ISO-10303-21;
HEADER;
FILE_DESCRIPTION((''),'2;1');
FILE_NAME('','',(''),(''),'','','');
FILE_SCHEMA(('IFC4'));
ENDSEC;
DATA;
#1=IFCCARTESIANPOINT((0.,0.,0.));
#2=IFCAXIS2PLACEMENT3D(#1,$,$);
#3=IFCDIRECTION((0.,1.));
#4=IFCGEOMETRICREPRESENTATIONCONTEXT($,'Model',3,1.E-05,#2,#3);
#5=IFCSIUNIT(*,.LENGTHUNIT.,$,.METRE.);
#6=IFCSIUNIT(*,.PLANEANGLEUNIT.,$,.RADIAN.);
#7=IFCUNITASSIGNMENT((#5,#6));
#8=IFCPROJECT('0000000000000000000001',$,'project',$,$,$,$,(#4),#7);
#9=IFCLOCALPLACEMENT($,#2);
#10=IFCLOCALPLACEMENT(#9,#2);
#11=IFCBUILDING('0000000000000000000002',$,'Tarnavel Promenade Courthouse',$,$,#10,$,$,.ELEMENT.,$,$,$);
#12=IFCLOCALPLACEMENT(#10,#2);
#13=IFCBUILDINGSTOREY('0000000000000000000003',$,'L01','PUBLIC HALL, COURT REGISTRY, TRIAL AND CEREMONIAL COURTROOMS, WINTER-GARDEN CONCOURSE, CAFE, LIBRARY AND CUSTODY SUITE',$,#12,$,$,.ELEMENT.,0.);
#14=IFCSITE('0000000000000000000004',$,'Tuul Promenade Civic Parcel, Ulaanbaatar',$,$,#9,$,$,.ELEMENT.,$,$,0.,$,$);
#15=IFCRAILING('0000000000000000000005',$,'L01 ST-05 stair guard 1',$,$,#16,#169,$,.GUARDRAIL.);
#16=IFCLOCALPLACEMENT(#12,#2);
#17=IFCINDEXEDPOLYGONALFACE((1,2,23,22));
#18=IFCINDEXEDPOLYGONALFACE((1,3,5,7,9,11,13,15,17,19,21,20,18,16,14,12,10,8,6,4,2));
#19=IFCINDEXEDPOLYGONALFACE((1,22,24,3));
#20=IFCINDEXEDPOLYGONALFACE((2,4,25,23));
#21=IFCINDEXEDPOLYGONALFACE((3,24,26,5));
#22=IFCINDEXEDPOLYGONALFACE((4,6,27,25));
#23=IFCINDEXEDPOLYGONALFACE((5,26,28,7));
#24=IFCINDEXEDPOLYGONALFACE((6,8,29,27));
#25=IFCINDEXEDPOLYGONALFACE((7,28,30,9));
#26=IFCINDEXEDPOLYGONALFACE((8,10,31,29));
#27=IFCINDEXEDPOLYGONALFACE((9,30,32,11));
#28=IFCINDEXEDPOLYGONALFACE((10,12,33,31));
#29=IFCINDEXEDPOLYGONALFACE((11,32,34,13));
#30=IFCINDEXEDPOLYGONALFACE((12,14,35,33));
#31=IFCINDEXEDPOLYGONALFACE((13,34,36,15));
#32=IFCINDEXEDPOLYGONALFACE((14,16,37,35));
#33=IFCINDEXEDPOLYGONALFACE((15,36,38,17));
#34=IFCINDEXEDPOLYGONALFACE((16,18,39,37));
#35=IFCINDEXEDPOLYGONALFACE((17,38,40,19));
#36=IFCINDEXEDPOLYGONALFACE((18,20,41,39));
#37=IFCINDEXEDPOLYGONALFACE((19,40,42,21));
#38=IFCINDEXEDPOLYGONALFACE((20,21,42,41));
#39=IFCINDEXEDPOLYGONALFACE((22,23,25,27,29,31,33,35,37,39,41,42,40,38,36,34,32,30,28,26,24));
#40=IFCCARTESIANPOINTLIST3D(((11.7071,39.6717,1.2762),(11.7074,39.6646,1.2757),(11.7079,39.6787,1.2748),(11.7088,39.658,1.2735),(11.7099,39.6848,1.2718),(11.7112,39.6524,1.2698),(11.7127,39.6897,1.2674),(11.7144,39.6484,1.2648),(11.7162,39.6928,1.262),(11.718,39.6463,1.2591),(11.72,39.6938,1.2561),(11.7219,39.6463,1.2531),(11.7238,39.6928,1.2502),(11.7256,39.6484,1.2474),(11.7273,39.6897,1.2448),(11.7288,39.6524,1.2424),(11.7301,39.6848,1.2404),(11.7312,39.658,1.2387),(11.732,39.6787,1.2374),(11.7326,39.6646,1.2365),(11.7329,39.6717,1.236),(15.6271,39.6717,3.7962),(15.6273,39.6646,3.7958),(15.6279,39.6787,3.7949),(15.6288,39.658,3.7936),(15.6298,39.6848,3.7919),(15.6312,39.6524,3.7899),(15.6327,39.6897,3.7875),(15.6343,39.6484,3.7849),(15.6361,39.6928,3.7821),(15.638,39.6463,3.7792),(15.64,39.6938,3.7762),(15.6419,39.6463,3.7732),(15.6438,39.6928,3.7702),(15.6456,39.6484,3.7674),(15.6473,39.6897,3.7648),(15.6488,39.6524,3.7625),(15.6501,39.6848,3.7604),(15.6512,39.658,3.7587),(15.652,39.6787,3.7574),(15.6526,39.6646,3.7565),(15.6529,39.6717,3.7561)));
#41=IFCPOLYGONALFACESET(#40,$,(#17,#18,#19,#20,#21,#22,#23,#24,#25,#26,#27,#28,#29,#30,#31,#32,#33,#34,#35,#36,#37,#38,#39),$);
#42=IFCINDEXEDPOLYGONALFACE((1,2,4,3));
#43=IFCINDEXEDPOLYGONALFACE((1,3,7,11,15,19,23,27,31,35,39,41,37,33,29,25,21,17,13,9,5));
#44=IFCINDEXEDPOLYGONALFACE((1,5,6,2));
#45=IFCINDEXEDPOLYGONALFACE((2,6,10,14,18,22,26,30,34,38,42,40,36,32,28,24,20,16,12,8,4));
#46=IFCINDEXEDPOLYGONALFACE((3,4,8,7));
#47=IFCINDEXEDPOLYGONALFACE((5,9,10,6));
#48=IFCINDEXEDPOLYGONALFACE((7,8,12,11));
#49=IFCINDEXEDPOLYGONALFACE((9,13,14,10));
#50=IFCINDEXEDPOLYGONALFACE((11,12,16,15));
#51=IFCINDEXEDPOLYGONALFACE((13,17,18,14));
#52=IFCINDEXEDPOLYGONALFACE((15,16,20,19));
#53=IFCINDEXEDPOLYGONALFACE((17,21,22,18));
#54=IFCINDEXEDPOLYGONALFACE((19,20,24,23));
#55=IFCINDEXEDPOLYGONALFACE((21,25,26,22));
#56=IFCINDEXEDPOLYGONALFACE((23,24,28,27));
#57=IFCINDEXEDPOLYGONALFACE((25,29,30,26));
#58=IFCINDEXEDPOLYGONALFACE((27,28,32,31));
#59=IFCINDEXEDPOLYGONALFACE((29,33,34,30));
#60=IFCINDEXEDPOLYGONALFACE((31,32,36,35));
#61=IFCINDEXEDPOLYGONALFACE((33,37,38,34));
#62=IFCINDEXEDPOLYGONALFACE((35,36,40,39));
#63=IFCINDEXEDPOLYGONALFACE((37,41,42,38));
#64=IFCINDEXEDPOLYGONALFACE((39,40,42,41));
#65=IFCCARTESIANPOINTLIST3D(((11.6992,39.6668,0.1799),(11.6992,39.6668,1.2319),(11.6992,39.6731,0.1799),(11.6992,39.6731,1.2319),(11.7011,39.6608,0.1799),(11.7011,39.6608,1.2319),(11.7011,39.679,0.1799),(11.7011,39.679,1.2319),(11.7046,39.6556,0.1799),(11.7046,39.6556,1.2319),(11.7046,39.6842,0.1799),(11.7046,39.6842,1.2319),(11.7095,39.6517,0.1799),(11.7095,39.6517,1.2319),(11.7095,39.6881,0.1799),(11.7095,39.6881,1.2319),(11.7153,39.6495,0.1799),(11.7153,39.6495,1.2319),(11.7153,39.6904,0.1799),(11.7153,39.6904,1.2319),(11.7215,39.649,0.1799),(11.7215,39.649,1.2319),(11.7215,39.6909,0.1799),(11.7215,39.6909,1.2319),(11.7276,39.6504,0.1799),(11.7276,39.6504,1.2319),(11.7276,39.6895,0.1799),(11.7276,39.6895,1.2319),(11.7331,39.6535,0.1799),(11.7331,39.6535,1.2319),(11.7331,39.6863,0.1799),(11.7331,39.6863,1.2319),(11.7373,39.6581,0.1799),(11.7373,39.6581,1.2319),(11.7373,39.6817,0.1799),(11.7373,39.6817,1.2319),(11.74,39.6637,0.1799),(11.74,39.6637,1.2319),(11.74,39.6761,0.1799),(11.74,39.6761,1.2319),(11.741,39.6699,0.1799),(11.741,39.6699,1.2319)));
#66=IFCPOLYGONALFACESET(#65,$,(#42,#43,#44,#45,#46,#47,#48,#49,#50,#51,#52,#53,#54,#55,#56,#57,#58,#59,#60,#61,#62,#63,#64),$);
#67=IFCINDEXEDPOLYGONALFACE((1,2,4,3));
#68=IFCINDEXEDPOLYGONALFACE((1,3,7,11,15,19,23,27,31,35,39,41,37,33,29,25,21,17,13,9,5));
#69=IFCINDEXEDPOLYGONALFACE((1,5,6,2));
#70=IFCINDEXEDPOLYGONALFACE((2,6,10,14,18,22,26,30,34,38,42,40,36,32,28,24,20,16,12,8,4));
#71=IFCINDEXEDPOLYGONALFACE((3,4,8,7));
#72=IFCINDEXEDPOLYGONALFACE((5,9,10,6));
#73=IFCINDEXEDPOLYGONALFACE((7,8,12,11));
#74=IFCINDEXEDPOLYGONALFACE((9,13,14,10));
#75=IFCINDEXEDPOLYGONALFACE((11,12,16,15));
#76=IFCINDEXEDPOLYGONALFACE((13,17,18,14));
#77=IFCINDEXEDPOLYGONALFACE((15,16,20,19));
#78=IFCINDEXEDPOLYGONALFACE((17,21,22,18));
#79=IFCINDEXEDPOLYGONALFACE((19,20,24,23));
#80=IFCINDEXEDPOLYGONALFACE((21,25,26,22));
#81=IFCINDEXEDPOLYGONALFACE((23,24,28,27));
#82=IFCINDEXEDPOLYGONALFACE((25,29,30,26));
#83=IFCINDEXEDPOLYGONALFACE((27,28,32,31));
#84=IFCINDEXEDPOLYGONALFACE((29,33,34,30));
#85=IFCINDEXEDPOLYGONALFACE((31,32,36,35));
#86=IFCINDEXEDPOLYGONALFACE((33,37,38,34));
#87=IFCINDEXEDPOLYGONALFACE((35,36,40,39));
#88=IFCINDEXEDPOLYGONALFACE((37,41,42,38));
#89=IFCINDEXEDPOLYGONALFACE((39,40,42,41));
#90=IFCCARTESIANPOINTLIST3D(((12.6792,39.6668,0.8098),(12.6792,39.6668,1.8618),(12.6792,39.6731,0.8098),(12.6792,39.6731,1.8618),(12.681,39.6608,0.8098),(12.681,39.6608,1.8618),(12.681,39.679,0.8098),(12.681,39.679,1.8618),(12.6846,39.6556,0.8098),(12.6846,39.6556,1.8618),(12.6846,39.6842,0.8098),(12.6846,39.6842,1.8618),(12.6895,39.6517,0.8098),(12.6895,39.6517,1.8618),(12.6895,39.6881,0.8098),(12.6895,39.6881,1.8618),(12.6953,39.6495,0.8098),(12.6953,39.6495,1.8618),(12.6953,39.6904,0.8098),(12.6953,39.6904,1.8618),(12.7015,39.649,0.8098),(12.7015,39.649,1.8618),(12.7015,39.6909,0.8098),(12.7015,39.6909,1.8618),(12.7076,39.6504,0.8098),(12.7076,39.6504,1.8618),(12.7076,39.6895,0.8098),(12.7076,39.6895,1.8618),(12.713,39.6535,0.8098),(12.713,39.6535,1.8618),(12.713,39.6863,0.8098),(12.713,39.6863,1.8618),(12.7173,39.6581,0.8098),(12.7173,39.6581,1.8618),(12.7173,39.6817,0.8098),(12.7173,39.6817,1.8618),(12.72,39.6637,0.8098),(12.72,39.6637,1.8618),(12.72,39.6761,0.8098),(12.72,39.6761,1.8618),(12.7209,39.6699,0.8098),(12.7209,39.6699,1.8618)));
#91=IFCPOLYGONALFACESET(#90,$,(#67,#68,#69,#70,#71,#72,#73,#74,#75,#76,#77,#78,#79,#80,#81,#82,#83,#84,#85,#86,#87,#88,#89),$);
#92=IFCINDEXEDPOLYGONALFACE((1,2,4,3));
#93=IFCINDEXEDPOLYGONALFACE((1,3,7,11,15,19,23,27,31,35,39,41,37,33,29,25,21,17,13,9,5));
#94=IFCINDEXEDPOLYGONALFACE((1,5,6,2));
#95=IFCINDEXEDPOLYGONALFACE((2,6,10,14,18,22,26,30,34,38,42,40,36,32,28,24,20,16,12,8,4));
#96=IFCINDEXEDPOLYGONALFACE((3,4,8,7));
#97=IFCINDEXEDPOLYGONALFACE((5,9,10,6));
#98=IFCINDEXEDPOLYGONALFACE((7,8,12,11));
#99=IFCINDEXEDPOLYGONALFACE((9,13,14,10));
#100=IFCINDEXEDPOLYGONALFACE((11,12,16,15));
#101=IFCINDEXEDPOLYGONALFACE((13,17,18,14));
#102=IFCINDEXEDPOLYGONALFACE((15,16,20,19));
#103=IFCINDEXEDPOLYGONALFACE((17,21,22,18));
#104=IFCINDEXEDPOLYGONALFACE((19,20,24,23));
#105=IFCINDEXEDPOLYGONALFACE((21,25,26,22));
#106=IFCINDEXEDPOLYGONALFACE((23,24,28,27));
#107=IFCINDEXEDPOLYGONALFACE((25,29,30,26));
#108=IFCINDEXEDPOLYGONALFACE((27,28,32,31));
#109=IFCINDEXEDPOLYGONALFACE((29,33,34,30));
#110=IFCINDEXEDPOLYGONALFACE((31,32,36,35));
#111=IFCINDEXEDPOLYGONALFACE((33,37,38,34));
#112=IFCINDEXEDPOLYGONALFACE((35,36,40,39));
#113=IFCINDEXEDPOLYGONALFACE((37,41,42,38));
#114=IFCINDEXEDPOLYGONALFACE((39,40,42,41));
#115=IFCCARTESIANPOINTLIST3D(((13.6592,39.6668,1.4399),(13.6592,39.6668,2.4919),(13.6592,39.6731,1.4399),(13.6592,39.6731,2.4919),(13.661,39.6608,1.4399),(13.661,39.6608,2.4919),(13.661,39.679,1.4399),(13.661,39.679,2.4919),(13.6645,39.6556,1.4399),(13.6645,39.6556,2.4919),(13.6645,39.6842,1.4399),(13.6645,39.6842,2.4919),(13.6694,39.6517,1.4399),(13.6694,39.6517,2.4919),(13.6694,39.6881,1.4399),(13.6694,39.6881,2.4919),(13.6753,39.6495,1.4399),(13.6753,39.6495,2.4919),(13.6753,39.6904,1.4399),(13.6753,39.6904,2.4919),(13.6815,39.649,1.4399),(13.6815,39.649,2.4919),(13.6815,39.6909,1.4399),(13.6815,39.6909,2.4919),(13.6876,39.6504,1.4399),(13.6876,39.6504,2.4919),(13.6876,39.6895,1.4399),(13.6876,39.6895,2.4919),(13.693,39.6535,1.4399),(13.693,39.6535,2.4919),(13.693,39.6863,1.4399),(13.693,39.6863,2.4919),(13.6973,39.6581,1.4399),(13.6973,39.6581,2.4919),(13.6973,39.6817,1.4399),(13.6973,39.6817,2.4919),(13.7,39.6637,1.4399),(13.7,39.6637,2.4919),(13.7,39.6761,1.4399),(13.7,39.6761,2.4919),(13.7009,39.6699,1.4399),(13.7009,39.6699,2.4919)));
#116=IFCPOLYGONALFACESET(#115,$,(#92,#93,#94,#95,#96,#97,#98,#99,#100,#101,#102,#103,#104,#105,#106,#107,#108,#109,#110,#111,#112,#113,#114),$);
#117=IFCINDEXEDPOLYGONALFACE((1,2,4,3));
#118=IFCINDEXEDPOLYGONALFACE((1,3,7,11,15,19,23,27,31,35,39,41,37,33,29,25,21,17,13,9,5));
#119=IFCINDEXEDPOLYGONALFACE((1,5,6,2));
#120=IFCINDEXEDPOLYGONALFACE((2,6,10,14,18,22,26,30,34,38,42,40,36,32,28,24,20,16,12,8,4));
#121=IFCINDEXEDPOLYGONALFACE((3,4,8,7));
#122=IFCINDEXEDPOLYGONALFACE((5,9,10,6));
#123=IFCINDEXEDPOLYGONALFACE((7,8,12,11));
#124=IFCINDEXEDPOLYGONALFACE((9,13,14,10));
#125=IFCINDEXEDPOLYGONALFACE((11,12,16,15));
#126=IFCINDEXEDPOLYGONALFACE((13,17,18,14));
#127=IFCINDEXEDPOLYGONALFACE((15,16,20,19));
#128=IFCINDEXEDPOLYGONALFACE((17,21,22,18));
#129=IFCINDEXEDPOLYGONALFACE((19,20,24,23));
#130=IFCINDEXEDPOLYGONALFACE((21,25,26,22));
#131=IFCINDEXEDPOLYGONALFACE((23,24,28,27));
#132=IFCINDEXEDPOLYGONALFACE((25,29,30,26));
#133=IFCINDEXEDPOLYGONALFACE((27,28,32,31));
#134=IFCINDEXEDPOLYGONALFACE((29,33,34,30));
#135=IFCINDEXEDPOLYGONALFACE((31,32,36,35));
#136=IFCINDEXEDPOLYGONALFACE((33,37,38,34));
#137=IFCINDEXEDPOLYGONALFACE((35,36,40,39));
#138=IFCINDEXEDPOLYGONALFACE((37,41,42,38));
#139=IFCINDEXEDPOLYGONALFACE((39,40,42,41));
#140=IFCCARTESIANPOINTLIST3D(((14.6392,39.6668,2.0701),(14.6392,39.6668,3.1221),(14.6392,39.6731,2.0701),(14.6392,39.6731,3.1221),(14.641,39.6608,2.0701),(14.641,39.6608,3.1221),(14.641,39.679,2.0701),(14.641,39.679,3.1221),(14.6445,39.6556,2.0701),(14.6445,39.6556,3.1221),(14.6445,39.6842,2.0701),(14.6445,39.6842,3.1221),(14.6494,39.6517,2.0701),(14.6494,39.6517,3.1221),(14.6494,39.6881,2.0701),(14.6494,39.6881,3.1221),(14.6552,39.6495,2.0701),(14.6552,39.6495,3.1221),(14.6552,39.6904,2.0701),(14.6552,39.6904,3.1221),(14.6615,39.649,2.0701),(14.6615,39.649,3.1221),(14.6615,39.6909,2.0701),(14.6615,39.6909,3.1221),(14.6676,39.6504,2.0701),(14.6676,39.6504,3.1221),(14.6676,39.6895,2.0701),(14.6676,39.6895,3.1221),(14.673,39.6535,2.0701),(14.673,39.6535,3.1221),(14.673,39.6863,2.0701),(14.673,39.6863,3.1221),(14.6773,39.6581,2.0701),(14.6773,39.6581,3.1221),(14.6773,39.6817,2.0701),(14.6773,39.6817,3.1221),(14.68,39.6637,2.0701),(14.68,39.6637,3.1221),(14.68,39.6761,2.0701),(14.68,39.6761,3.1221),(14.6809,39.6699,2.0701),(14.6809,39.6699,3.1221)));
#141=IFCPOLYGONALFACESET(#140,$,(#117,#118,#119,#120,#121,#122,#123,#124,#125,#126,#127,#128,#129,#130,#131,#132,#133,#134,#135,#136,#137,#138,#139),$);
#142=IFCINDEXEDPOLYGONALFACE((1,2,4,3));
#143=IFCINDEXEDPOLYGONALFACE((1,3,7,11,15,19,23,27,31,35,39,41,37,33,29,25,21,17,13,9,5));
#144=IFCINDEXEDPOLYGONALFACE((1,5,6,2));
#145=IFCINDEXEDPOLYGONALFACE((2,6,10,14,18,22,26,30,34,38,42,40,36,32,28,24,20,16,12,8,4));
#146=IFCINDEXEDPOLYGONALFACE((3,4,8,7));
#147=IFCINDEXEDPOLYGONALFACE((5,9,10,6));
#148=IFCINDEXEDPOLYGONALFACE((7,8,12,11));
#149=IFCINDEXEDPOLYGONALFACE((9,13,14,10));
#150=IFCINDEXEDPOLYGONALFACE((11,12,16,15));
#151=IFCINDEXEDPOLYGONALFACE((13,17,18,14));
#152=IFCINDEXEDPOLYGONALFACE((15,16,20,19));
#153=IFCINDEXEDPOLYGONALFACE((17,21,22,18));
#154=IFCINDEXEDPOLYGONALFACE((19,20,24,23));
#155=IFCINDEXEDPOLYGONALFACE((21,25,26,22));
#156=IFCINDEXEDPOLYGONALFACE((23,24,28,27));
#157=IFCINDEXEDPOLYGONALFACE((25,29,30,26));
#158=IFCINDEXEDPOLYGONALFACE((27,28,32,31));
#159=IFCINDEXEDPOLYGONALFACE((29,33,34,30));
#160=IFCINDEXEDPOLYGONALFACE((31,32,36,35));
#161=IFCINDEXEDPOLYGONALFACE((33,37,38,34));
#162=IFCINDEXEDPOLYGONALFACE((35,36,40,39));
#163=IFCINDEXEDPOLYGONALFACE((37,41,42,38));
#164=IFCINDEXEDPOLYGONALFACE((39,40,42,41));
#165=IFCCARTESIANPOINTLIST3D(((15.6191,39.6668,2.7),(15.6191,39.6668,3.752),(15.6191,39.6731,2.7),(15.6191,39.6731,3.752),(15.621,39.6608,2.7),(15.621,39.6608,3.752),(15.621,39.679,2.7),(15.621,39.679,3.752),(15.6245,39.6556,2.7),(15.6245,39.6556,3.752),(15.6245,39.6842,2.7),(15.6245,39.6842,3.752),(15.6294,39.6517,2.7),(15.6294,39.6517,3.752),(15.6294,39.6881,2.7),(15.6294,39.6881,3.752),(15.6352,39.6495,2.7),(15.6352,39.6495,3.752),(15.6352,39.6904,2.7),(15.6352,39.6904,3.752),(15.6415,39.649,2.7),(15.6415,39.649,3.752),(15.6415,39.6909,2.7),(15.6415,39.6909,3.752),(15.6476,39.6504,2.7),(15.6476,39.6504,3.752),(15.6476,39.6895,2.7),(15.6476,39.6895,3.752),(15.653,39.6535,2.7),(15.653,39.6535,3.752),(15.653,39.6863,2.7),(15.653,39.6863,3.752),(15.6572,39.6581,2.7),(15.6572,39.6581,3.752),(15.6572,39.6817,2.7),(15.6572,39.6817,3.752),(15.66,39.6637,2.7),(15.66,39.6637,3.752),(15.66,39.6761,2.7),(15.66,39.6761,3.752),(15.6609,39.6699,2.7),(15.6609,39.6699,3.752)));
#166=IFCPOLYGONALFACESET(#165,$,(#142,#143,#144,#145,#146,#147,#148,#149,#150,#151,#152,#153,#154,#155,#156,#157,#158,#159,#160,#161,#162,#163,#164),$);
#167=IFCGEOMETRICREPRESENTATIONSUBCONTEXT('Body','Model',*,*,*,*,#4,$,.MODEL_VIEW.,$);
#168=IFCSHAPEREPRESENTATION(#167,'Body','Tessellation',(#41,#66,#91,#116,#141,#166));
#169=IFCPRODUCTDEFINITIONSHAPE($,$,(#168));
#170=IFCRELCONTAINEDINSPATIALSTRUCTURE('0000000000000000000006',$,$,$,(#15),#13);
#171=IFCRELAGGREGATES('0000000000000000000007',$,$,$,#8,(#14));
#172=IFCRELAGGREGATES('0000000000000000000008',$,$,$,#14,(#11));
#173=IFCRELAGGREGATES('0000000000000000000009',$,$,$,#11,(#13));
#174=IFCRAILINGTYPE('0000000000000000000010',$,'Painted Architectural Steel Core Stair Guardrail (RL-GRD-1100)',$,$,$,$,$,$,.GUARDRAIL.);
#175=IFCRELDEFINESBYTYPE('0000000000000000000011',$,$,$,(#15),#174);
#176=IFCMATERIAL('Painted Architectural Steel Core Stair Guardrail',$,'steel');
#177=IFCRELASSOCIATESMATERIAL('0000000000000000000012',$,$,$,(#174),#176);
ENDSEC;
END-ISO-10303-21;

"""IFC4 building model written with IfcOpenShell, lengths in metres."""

from ifc_helpers import new_model, si_unit, direction, frame, origin, origin_2d, place, context, subcontext, project, spatial, circle, extrude, material, type_object, element, save


model = new_model("IFC4")

# Units and contexts
model_context = context("Model", 3, precision=1e-05, world=origin(), true_north=direction((0.0, 1.0)))
body_context = subcontext(model_context, "Body", "Model", "MODEL_VIEW")
ifc_project = project(units=[si_unit("LENGTHUNIT", "METRE"), si_unit("PLANEANGLEUNIT", "RADIAN")], contexts=[model_context])

# Site, building, storey
site_placement = place(None, origin())
site = spatial("IfcSite", under=ifc_project, at=site_placement, Name="Tuul Promenade Civic Parcel, Ulaanbaatar", CompositionType="ELEMENT", RefElevation=0.0)
building_placement = place(site_placement, origin())
building = spatial("IfcBuilding", under=site, at=building_placement, Name="Tarnavel Promenade Courthouse", CompositionType="ELEMENT")
storey_placement = place(building_placement, origin())
storey = spatial("IfcBuildingStorey", under=building, at=storey_placement, Name="L01", Description="PUBLIC HALL, COURT REGISTRY, TRIAL AND CEREMONIAL COURTROOMS, WINTER-GARDEN CONCOURSE, CAFE, LIBRARY AND CUSTODY SUITE", CompositionType="ELEMENT", Elevation=0.0)

# Railing
ifc_material_1 = material(Name="Painted Architectural Steel Core Stair Guardrail", Category="steel")
railing_type_1 = type_object("IfcRailingType", Name="Painted Architectural Steel Core Stair Guardrail (RL-GRD-1100)", PredefinedType="GUARDRAIL", material=ifc_material_1)
railing_1_placement = place(storey_placement, frame((11.72, 39.6699, 0.1799)))
element("IfcRailing", 1, at=railing_1_placement, inside=storey, type_object=railing_type_1, Name="L01 ST-05 stair guard 1", PredefinedType="GUARDRAIL", context=body_context, shape_type="SweptSolid", body=[
    extrude(circle(Radius=0.0239, at=origin_2d()), frame((0.0, 0.0, 1.0762), z_axis=(0.841172, 0.0, 0.540768), x_axis=(0.0, 1.0, 0.0)), (0.0, 0.0, 1.0), 4.6602),
    extrude(circle(Radius=0.021, at=origin_2d()), origin(), (0.0, 0.0, 1.0), 1.052),
    extrude(circle(Radius=0.021, at=origin_2d()), frame((0.98, 0.0, 0.6299)), (0.0, 0.0, 1.0), 1.052),
    extrude(circle(Radius=0.021, at=origin_2d()), frame((1.96, 0.0, 1.26)), (0.0, 0.0, 1.0), 1.052),
    extrude(circle(Radius=0.021, at=origin_2d()), frame((2.9399, 0.0, 1.8901)), (0.0, 0.0, 1.0), 1.052),
    extrude(circle(Radius=0.021, at=origin_2d()), frame((3.9199, 0.0, 2.52)), (0.0, 0.0, 1.0), 1.052),
])

save(model, "model.ifc")
